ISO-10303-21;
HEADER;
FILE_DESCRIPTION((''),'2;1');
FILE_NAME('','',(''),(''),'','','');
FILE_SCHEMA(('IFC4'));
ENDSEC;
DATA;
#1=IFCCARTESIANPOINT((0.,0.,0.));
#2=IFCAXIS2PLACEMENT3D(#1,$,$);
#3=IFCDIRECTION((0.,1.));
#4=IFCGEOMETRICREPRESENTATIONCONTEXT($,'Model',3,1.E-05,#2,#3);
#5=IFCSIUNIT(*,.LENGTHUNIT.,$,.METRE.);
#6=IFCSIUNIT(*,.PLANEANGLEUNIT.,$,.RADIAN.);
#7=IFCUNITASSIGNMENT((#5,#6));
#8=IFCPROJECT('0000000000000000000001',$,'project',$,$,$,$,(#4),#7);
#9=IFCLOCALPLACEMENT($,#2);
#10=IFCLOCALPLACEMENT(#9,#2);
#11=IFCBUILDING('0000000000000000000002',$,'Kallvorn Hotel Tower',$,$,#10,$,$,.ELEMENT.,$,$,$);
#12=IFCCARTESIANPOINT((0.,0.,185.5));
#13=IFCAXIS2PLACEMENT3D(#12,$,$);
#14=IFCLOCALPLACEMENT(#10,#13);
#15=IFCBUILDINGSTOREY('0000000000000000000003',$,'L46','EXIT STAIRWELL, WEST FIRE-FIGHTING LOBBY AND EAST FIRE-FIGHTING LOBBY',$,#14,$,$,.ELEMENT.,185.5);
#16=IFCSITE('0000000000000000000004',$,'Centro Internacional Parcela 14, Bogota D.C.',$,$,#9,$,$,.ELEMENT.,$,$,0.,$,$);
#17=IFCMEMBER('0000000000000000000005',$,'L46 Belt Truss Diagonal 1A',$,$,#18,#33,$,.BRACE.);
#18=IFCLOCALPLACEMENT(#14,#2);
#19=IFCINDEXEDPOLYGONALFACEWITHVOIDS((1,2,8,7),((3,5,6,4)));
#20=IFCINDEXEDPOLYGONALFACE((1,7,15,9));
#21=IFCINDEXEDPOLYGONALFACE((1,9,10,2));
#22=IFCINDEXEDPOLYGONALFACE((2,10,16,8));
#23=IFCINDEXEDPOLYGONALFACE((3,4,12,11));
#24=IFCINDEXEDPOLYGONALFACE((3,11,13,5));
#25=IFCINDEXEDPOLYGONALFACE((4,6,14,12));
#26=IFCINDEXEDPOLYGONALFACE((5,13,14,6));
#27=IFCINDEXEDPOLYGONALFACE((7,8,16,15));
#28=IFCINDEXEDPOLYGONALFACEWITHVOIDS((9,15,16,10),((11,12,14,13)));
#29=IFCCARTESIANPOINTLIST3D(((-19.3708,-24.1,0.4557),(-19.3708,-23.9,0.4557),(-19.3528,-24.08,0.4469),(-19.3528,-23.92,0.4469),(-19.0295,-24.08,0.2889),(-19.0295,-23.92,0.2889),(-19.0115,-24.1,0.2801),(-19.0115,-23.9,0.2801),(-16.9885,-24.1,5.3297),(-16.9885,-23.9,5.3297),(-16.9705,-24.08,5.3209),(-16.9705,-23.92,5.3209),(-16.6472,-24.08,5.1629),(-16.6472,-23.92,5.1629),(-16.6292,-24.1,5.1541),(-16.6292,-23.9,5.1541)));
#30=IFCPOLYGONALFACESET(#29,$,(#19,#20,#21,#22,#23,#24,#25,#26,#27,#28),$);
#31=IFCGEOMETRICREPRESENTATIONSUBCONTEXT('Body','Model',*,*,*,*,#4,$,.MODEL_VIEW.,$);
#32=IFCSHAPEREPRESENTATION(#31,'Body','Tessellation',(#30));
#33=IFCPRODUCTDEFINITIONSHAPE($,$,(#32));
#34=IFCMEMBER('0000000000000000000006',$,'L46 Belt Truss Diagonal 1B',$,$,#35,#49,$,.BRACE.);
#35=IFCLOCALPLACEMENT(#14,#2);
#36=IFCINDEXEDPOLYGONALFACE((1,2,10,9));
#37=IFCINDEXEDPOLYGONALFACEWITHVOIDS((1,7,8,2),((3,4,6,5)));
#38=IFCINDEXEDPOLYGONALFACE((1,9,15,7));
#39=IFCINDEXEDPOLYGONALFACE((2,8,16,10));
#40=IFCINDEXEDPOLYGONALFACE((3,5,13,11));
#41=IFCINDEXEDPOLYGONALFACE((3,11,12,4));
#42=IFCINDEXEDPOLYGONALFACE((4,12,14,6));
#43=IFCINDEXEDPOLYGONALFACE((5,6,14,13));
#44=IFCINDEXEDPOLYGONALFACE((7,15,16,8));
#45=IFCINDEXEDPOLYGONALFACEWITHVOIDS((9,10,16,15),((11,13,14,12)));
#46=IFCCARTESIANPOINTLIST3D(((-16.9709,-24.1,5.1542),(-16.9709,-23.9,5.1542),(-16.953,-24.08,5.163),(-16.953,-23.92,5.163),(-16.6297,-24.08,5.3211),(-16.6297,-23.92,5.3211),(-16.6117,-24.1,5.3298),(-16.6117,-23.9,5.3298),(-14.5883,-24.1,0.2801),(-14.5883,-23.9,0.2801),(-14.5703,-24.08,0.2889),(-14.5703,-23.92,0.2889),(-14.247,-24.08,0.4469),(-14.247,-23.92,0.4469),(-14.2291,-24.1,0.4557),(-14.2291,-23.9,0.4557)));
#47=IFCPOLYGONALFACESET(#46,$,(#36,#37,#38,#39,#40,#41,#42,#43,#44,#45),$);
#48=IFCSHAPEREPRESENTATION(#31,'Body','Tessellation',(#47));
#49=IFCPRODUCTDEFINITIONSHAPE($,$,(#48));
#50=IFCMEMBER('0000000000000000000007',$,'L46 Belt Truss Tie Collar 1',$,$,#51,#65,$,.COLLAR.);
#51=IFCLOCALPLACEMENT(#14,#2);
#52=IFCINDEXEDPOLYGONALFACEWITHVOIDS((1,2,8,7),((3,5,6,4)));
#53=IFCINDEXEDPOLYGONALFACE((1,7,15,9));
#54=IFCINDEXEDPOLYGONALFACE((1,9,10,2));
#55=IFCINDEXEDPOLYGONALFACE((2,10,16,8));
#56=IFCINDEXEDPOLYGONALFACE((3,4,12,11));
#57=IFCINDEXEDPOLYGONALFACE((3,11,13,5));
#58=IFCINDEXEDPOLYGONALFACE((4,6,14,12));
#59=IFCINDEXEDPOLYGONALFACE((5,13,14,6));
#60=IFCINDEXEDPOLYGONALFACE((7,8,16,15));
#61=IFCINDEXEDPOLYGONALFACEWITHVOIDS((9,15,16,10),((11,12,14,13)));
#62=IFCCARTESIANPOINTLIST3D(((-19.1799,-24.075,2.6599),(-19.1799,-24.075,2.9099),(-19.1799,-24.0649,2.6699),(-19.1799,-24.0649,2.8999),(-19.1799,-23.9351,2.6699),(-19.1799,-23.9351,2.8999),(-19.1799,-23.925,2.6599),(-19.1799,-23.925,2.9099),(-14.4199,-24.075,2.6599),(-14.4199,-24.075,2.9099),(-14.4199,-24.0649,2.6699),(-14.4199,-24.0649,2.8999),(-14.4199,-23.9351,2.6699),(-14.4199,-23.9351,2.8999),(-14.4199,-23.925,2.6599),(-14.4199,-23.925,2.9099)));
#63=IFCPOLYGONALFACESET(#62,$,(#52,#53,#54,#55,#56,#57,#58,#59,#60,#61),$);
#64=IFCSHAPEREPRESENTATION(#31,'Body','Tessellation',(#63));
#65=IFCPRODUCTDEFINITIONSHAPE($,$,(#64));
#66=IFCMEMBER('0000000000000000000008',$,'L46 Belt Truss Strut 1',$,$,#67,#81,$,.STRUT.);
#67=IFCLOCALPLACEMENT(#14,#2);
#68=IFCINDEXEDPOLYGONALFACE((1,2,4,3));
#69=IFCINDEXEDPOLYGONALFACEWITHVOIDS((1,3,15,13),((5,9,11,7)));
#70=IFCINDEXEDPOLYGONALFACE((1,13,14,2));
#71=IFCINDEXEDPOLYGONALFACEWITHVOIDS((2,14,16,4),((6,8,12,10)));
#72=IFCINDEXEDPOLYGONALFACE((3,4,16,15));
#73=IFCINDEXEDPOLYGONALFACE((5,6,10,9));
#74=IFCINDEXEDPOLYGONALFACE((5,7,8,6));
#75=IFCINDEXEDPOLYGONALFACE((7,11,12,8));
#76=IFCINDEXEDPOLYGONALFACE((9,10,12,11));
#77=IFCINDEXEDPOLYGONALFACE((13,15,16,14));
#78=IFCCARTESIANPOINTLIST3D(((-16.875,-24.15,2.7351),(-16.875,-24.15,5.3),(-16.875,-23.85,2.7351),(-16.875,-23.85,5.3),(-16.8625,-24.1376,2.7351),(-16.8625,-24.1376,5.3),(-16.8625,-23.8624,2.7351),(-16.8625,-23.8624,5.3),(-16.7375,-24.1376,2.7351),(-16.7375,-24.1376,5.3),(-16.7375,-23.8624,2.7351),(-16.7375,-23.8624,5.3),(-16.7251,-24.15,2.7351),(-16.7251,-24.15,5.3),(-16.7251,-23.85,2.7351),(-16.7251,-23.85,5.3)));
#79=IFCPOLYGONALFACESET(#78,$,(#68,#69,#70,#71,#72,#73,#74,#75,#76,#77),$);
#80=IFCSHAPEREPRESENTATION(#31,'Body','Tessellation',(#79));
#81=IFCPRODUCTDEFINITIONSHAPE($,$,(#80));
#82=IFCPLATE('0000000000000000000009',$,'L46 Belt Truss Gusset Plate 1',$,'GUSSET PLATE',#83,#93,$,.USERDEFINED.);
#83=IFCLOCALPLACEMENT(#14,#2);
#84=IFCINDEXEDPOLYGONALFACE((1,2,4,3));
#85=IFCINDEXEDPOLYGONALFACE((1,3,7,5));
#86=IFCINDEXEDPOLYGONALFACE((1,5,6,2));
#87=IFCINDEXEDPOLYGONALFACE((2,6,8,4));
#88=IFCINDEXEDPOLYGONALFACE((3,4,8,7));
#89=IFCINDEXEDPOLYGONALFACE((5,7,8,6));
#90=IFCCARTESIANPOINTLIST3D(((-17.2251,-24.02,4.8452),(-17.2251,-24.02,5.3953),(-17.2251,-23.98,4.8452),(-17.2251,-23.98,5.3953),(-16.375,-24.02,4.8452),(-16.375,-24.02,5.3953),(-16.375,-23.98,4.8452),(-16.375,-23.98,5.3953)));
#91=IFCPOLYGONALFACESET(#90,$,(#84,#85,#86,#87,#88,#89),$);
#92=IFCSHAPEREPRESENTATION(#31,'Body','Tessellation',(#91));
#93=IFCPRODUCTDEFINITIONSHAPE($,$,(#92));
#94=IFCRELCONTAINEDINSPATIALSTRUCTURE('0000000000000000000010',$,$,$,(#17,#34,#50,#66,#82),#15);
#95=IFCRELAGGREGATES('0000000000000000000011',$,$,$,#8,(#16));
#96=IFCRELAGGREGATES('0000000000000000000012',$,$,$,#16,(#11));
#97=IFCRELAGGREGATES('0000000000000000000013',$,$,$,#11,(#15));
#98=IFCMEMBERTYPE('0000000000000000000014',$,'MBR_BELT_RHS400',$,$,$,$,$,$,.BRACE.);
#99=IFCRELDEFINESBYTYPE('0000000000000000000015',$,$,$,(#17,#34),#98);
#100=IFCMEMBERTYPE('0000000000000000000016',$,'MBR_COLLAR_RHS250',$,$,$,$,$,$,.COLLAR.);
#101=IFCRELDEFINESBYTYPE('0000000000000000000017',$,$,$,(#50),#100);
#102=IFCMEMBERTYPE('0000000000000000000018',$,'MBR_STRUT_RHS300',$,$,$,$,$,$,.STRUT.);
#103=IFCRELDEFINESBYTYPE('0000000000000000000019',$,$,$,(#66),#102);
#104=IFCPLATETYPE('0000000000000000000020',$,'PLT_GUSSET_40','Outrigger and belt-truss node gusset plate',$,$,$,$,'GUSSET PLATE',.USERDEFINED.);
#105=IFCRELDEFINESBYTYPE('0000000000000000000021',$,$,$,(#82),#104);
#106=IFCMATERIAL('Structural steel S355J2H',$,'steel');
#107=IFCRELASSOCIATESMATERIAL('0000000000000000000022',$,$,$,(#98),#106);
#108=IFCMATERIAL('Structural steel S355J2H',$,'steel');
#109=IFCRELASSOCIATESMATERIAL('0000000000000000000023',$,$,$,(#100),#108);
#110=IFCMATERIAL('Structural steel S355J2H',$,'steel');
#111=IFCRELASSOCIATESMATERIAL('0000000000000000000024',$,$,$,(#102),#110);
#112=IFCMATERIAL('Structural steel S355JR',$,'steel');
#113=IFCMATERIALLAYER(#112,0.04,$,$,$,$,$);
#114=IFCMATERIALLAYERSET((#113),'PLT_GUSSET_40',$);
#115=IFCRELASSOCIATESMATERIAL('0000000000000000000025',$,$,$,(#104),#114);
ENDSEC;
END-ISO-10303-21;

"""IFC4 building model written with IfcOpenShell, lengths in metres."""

from ifc_helpers import new_model, si_unit, direction, frame, origin, origin_2d, place, context, subcontext, project, spatial, rectangle, hollow_rectangle, extrude, material, layer, layer_set, material_profile, profile_set, type_object, element, save


model = new_model("IFC4")

# Units and contexts
model_context = context("Model", 3, precision=1e-05, world=origin(), true_north=direction((0.0, 1.0)))
body_context = subcontext(model_context, "Body", "Model", "MODEL_VIEW")
ifc_project = project(units=[si_unit("LENGTHUNIT", "METRE"), si_unit("PLANEANGLEUNIT", "RADIAN")], contexts=[model_context])

# Site, building, storey
site_placement = place(None, origin())
site = spatial("IfcSite", under=ifc_project, at=site_placement, Name="Centro Internacional Parcela 14, Bogota D.C.", CompositionType="ELEMENT", RefElevation=0.0)
building_placement = place(site_placement, origin())
building = spatial("IfcBuilding", under=site, at=building_placement, Name="Kallvorn Hotel Tower", CompositionType="ELEMENT")
storey_placement = place(building_placement, frame((0.0, 0.0, 185.5)))
storey = spatial("IfcBuildingStorey", under=building, at=storey_placement, Name="L46", Description="EXIT STAIRWELL, WEST FIRE-FIGHTING LOBBY AND EAST FIRE-FIGHTING LOBBY", CompositionType="ELEMENT", Elevation=185.5)

# Members
ifc_material_1 = material(Name="Structural steel S355J2H", Category="steel")
ifc_material_profile_1 = material_profile(ifc_material_1, hollow_rectangle(XDim=0.2, YDim=0.3999, WallThickness=0.02, at=origin_2d()), Name="RHS 400x200x20")
ifc_profile_set_1 = profile_set([ifc_material_profile_1], Name="Structural steel S355J2H")
member_type_1 = type_object("IfcMemberType", Name="MBR_BELT_RHS400", PredefinedType="BRACE", material=ifc_profile_set_1)
member_1_placement = place(storey_placement, frame((-19.1912, -24.0, 0.3679), z_axis=(0.439131, 0.0, 0.898423), x_axis=(0.0, 1.0, 0.0)))
element("IfcMember", 1, at=member_1_placement, inside=storey, type_object=member_type_1, Name="L46 Belt Truss Diagonal 1A", PredefinedType="BRACE", context=body_context, shape_type="SweptSolid", body=[
    extrude(hollow_rectangle(XDim=0.2, YDim=0.3999, WallThickness=0.02, at=origin_2d()), origin(), (0.0, 0.0, 1.0), 5.425),
])
member_2_placement = place(storey_placement, frame((-14.4087, -24.0, 0.3679), z_axis=(-0.439167, 0.0, 0.898405), x_axis=(0.0, -1.0, 0.0)))
element("IfcMember", 2, at=member_2_placement, inside=storey, type_object=member_type_1, Name="L46 Belt Truss Diagonal 1B", PredefinedType="BRACE", context=body_context, shape_type="SweptSolid", body=[
    extrude(hollow_rectangle(XDim=0.2, YDim=0.3999, WallThickness=0.02, at=origin_2d()), origin(), (0.0, 0.0, 1.0), 5.4253),
])
ifc_material_2 = material(Name="Structural steel S355J2H", Category="steel")
ifc_material_profile_2 = material_profile(ifc_material_2, hollow_rectangle(XDim=0.1499, YDim=0.25, WallThickness=0.01, at=origin_2d()), Name="RHS 250x150x10")
ifc_profile_set_2 = profile_set([ifc_material_profile_2], Name="Structural steel S355J2H")
member_type_2 = type_object("IfcMemberType", Name="MBR_COLLAR_RHS250", PredefinedType="COLLAR", material=ifc_profile_set_2)
member_3_placement = place(storey_placement, frame((-19.1799, -24.0, 2.7849), z_axis=(1.0, 0.0, 0.0), x_axis=(0.0, 1.0, 0.0)))
element("IfcMember", 3, at=member_3_placement, inside=storey, type_object=member_type_2, Name="L46 Belt Truss Tie Collar 1", PredefinedType="COLLAR", context=body_context, shape_type="SweptSolid", body=[
    extrude(hollow_rectangle(XDim=0.1499, YDim=0.25, WallThickness=0.01, at=origin_2d()), origin(), (0.0, 0.0, 1.0), 4.76),
])
ifc_material_3 = material(Name="Structural steel S355J2H", Category="steel")
ifc_material_profile_3 = material_profile(ifc_material_3, hollow_rectangle(XDim=0.1499, YDim=0.3, WallThickness=0.0125, at=origin_2d()), Name="RHS 300x150x12.5")
ifc_profile_set_3 = profile_set([ifc_material_profile_3], Name="Structural steel S355J2H")
member_type_3 = type_object("IfcMemberType", Name="MBR_STRUT_RHS300", PredefinedType="STRUT", material=ifc_profile_set_3)
member_4_placement = place(storey_placement, frame((-16.8, -24.0, 2.7351), z_axis=(0.0, 0.0, 1.0), x_axis=(1.0, 0.0, 0.0)))
element("IfcMember", 4, at=member_4_placement, inside=storey, type_object=member_type_3, Name="L46 Belt Truss Strut 1", PredefinedType="STRUT", context=body_context, shape_type="SweptSolid", body=[
    extrude(hollow_rectangle(XDim=0.1499, YDim=0.3, WallThickness=0.0125, at=origin_2d()), origin(), (0.0, 0.0, 1.0), 2.5649),
])

# Plate
ifc_material_4 = material(Name="Structural steel S355JR", Category="steel")
ifc_layer = layer(ifc_material_4, 0.04)
ifc_layer_set = layer_set([ifc_layer], Name="PLT_GUSSET_40")
plate_type = type_object("IfcPlateType", Name="PLT_GUSSET_40", Description="Outrigger and belt-truss node gusset plate", ElementType="GUSSET PLATE", PredefinedType="USERDEFINED", material=ifc_layer_set)
plate_placement = place(storey_placement, frame((-16.8, -24.0, 4.8452), z_axis=(0.0, 0.0, 1.0), x_axis=(1.0, 0.0, 0.0)))
element("IfcPlate", 5, at=plate_placement, inside=storey, type_object=plate_type, Name="L46 Belt Truss Gusset Plate 1", ObjectType="GUSSET PLATE", PredefinedType="USERDEFINED", context=body_context, shape_type="SweptSolid", body=[
    extrude(rectangle(XDim=0.8501, YDim=0.04, at=origin_2d()), origin(), (0.0, 0.0, 1.0), 0.55),
])

save(model, "model.ifc")
